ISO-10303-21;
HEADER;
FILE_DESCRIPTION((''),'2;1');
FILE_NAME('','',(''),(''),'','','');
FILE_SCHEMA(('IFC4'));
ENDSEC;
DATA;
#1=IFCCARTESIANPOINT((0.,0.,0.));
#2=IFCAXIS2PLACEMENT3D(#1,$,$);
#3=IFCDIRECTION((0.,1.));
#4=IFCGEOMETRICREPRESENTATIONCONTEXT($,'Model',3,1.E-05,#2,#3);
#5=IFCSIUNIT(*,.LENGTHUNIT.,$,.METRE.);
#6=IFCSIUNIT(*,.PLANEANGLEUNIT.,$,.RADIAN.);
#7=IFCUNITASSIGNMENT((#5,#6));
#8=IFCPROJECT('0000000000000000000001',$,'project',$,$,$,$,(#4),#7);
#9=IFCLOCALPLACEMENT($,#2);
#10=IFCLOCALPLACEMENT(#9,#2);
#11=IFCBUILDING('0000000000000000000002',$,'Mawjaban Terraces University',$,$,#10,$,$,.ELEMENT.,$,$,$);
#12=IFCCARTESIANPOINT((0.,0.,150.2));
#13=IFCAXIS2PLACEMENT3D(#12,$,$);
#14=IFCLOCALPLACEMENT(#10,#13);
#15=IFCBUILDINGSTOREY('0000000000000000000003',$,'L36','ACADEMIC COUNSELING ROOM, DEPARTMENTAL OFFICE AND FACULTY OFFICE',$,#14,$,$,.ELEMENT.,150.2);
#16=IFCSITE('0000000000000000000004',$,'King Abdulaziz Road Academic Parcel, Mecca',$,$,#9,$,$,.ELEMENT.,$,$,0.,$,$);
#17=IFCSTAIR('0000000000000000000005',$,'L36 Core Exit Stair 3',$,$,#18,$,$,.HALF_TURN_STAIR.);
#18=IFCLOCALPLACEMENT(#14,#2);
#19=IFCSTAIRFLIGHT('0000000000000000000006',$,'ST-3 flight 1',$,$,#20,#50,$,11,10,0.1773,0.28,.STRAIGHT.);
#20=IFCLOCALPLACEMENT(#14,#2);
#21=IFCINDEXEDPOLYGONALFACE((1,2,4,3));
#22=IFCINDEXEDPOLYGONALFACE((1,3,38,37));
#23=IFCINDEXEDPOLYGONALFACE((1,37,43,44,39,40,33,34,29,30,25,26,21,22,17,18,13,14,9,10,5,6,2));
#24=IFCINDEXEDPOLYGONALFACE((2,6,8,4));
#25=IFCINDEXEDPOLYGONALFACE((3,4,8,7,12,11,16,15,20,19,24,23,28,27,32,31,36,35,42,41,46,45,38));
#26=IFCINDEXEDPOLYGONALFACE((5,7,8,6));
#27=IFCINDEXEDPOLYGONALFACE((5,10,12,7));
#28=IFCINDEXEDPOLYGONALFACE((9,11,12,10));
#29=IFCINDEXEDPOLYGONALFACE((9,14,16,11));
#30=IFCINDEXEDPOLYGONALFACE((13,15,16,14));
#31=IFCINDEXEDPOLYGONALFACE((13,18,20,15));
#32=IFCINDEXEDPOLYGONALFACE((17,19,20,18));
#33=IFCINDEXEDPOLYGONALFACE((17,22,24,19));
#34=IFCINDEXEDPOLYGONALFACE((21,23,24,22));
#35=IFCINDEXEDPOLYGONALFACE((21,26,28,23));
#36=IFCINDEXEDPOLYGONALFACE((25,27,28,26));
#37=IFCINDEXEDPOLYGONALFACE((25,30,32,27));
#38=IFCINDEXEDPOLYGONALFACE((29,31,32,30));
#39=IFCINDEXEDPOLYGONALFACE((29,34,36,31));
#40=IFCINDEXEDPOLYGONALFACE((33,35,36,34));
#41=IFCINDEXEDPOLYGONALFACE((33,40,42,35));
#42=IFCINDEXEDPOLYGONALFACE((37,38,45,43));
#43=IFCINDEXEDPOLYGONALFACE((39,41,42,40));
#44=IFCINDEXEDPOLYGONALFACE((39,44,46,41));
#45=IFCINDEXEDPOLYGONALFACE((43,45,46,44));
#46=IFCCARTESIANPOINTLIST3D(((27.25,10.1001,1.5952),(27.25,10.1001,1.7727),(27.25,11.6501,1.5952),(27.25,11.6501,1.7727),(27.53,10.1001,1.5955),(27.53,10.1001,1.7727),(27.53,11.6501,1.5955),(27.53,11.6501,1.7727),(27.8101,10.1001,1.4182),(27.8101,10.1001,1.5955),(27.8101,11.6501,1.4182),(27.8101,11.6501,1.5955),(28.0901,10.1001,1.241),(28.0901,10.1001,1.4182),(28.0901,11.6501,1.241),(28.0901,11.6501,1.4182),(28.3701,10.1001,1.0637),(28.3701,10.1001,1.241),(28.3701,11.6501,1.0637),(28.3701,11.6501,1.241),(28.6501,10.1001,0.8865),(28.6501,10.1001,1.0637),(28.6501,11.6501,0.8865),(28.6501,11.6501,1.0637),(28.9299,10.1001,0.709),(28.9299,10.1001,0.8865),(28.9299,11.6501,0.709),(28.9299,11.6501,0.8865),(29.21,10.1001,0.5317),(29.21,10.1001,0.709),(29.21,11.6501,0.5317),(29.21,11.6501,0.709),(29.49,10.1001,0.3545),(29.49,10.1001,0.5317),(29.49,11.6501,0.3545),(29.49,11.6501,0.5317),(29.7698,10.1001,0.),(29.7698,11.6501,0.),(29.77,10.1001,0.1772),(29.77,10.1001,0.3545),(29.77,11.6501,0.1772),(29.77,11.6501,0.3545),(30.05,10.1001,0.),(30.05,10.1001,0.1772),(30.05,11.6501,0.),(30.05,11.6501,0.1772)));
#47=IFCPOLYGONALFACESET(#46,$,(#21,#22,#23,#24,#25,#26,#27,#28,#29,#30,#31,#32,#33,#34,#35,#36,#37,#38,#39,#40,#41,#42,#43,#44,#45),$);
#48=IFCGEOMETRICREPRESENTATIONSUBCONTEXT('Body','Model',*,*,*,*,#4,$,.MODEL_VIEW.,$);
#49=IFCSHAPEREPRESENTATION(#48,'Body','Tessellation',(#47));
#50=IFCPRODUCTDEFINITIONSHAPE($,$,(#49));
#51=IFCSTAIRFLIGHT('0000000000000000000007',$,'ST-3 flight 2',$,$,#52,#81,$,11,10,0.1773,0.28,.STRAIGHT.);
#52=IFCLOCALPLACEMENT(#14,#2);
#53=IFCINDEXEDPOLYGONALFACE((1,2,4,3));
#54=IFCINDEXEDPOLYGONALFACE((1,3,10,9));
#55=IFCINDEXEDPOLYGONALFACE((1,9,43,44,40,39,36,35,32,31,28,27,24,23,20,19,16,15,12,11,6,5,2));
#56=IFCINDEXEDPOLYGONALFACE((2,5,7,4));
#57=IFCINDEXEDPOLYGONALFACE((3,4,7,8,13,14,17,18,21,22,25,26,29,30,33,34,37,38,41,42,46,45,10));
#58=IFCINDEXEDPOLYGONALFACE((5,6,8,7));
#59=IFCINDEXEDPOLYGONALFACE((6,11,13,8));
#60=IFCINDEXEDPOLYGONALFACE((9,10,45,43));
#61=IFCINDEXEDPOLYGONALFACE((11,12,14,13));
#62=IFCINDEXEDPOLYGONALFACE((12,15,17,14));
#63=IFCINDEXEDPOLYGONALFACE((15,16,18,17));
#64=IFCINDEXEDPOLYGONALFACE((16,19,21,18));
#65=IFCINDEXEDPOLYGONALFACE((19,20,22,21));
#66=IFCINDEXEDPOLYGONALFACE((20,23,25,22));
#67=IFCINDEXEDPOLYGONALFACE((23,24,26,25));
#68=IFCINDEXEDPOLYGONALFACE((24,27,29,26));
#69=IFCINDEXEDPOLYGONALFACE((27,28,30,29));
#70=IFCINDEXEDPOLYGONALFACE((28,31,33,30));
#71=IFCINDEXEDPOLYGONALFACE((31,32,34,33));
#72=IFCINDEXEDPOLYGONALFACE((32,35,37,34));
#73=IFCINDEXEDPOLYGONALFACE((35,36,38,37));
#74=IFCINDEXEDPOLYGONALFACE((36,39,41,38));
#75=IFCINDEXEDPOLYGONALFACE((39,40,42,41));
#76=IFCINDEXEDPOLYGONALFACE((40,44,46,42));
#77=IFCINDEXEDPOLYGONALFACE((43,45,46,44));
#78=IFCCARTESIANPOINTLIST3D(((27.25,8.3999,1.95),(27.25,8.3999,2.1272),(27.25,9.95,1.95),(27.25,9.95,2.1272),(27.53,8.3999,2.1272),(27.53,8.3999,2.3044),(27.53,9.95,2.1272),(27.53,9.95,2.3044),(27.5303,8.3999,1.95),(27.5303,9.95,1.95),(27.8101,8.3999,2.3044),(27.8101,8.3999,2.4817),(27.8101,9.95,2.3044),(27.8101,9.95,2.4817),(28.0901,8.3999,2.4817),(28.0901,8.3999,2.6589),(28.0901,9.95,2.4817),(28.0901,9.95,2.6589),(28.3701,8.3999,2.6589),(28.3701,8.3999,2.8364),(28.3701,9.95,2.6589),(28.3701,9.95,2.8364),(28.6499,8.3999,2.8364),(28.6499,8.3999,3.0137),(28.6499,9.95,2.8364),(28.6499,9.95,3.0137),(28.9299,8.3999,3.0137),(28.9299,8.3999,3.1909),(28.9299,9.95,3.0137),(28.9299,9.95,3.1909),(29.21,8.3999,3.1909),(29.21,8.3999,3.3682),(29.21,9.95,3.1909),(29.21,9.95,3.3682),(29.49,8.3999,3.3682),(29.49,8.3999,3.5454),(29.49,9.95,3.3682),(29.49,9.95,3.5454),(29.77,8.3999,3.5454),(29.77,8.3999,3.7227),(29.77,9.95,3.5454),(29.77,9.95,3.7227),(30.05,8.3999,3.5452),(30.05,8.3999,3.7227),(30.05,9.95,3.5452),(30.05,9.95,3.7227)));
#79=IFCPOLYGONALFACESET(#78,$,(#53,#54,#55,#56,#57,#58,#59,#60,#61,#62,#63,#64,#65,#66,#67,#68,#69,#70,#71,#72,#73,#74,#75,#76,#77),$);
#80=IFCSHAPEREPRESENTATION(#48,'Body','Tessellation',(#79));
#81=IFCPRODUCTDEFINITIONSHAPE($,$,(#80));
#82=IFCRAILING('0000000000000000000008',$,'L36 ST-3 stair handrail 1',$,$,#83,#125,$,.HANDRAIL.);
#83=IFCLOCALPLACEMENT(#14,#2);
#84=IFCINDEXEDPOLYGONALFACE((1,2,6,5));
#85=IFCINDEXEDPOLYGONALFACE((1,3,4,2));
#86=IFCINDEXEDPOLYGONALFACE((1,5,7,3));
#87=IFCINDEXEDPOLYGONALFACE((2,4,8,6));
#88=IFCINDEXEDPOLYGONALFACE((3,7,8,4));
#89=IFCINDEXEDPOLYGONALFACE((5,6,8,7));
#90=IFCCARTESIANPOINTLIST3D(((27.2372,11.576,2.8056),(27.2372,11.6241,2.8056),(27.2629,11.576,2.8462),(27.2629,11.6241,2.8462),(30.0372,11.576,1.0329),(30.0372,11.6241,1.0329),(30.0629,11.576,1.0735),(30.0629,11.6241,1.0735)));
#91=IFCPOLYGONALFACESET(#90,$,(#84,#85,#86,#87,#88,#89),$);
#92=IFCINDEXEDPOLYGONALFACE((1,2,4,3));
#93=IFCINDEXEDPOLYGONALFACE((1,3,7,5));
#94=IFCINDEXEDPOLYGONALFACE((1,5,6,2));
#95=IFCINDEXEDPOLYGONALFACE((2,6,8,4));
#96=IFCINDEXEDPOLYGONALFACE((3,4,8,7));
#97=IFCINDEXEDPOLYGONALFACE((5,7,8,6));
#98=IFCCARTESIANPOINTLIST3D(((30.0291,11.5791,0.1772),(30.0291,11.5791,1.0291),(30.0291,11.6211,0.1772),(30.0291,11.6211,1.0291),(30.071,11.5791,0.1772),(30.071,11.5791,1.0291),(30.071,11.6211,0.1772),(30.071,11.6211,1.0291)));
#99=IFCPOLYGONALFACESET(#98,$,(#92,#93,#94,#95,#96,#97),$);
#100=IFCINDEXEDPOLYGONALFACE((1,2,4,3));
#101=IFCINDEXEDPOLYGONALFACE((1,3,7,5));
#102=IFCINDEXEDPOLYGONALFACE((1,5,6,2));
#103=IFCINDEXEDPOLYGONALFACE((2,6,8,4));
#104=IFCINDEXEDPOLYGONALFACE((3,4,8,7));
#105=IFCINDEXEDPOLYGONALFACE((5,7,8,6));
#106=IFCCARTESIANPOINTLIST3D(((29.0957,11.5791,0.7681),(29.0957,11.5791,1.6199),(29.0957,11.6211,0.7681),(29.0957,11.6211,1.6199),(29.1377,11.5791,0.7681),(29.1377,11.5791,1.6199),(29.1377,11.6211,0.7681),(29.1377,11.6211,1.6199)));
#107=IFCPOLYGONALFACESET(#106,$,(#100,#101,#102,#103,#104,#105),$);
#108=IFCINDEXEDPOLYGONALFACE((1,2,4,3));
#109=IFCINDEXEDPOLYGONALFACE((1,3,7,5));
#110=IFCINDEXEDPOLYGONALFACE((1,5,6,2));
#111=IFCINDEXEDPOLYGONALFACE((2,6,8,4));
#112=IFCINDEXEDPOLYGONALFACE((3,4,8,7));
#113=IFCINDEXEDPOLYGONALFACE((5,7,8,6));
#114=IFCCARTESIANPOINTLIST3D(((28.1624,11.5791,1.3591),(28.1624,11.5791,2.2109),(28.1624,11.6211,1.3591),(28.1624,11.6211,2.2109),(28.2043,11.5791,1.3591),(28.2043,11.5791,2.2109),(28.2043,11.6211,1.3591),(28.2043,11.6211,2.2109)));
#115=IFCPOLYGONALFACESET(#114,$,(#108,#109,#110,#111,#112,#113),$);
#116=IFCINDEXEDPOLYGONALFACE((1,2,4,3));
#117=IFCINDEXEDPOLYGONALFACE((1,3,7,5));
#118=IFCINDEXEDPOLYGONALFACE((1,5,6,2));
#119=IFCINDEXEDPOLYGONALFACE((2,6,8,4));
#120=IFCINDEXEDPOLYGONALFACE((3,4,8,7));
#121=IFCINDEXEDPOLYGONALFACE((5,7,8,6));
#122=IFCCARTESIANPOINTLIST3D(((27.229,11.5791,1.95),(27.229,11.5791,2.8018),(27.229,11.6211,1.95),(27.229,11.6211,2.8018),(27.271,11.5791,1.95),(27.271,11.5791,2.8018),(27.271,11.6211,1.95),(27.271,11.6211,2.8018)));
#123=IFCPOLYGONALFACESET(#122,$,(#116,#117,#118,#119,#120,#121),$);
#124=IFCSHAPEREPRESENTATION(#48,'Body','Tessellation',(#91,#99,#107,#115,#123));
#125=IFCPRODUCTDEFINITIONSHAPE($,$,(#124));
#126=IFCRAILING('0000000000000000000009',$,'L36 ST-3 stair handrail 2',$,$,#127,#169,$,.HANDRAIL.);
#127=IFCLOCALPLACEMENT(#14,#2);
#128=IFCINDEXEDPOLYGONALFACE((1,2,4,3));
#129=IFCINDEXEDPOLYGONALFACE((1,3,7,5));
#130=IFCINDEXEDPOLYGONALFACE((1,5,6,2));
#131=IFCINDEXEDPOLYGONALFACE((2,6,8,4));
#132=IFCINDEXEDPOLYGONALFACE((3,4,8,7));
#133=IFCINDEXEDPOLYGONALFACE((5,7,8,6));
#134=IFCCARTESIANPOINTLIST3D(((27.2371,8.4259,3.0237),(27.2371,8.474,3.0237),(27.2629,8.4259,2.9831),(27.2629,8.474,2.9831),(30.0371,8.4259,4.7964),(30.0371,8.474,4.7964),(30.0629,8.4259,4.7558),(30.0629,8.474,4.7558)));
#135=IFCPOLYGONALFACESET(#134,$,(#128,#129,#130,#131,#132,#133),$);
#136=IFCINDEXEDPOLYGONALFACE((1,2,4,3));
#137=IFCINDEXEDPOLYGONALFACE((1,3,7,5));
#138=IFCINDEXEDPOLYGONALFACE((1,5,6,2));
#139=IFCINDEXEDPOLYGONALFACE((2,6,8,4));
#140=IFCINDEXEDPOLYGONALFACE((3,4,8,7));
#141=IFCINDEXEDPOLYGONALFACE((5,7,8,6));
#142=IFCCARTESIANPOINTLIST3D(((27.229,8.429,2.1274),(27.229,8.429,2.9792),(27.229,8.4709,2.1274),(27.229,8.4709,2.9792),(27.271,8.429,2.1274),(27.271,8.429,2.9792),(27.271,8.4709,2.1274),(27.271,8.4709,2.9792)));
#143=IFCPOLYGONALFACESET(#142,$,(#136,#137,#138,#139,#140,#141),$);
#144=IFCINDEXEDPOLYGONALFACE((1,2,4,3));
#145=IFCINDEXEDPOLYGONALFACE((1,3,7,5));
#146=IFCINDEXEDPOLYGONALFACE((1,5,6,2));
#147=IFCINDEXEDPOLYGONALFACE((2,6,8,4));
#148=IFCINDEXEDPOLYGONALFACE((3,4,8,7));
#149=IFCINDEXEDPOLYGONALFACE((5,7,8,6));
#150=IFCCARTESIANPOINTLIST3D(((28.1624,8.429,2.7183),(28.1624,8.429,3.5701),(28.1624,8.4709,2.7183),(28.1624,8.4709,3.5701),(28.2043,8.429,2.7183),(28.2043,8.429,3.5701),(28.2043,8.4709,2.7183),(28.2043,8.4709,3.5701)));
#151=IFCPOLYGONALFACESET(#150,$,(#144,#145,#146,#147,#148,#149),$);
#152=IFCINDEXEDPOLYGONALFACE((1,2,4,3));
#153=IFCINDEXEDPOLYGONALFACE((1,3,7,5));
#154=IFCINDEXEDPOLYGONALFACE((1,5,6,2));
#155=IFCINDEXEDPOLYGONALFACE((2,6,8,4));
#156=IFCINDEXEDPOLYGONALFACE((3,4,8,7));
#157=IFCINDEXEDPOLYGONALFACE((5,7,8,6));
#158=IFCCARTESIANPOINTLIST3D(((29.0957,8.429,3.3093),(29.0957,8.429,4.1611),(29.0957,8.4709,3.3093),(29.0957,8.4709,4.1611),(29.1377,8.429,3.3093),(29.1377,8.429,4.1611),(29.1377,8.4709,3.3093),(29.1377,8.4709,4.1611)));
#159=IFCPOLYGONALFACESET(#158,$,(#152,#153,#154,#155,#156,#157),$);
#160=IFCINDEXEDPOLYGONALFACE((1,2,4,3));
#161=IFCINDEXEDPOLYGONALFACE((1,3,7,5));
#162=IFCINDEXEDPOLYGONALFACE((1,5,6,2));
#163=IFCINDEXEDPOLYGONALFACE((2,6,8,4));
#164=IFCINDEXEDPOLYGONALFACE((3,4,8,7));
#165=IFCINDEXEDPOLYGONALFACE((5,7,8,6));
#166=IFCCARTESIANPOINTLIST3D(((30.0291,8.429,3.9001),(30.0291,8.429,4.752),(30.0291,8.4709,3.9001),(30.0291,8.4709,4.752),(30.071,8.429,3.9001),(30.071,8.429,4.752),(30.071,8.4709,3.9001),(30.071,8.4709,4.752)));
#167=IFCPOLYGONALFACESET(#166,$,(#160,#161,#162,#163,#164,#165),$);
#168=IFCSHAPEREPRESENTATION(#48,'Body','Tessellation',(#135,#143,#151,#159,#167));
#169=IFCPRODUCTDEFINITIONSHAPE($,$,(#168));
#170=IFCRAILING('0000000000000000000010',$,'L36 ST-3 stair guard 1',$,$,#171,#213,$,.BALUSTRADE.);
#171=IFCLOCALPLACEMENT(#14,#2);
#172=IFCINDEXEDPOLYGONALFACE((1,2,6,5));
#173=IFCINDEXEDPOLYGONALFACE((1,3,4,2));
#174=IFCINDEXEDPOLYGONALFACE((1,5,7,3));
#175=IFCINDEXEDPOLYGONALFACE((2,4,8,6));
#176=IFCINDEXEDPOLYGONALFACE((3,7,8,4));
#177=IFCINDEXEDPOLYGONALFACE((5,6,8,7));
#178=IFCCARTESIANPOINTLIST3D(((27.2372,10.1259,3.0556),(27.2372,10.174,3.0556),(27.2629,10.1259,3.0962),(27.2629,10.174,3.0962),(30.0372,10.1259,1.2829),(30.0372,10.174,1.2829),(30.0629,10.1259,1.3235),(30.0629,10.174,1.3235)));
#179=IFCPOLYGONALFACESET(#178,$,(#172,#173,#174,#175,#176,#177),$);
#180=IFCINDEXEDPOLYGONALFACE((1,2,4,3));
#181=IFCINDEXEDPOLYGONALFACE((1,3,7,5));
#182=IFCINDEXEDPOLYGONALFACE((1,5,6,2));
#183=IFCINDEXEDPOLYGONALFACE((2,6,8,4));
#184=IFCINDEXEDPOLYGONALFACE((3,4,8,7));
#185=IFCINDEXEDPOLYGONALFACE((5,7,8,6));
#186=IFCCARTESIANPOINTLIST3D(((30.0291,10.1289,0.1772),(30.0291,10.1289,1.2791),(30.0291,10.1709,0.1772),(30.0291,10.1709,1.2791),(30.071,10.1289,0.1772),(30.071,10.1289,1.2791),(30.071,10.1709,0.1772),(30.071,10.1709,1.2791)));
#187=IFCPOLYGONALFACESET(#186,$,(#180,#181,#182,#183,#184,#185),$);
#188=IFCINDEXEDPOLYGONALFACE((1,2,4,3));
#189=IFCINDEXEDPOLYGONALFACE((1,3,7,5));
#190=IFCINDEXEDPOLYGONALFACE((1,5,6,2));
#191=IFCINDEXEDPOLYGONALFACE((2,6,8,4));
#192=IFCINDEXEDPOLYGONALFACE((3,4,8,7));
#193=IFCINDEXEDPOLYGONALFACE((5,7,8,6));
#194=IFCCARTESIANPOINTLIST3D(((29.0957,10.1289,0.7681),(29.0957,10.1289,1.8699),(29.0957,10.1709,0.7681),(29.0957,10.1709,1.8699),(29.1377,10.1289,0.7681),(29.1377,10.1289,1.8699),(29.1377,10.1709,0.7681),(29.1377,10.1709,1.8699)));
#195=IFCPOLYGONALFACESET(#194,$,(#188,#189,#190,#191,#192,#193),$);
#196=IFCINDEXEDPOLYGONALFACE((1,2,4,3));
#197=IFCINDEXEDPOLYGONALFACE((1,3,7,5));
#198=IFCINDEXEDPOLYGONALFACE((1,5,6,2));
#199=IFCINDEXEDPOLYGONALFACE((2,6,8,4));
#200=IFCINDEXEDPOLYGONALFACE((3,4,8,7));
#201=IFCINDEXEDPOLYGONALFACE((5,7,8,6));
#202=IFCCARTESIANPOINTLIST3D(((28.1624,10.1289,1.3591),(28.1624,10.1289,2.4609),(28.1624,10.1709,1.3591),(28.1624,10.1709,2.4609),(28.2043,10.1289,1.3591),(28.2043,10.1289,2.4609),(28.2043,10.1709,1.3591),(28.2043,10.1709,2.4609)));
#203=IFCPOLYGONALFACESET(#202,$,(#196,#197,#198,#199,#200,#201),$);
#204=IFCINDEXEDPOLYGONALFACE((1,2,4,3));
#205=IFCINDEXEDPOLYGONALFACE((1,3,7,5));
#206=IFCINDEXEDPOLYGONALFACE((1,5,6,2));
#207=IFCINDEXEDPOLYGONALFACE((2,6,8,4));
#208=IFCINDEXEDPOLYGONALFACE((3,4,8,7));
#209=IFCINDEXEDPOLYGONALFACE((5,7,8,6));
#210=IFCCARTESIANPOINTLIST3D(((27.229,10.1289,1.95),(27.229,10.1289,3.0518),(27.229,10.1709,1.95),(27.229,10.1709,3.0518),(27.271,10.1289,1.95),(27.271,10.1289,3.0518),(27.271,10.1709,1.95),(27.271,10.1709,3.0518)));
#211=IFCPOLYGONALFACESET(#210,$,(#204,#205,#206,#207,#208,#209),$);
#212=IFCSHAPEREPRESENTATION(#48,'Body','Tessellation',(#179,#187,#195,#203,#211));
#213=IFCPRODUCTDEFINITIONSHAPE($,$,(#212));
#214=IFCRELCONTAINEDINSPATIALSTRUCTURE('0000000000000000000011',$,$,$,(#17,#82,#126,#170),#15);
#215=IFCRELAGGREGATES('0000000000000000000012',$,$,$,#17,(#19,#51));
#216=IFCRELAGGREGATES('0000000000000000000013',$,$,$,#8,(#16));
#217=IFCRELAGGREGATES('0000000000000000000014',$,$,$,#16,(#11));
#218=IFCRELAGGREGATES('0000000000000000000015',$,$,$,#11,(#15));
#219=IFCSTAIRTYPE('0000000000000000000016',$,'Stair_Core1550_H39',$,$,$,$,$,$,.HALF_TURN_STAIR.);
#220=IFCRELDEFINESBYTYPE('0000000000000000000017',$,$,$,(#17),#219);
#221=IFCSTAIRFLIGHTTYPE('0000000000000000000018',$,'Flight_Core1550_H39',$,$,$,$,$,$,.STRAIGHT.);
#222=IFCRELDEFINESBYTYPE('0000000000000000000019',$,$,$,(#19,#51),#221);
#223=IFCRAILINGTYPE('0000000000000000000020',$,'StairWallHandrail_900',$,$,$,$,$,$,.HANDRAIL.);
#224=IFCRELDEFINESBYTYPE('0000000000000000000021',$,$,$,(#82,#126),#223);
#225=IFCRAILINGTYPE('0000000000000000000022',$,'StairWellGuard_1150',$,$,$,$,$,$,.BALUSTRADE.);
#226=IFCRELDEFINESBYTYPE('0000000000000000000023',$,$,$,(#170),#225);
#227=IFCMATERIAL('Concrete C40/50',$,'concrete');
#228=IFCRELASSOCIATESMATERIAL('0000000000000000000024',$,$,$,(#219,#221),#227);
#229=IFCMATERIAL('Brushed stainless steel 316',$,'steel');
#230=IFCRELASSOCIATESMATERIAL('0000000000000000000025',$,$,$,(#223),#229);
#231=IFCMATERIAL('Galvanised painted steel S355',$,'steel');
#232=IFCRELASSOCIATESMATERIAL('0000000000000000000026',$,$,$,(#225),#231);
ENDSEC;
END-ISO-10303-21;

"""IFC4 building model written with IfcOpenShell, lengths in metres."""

from ifc_helpers import new_model, si_unit, direction, frame, origin, origin_2d, place, context, subcontext, project, spatial, polyline, rectangle, outline, extrude, material, type_object, element, aggregate, save


model = new_model("IFC4")

# Units and contexts
model_context = context("Model", 3, precision=1e-05, world=origin(), true_north=direction((0.0, 1.0)))
body_context = subcontext(model_context, "Body", "Model", "MODEL_VIEW")
ifc_project = project(units=[si_unit("LENGTHUNIT", "METRE"), si_unit("PLANEANGLEUNIT", "RADIAN")], contexts=[model_context])

# Site, building, storey
site_placement = place(None, origin())
site = spatial("IfcSite", under=ifc_project, at=site_placement, Name="King Abdulaziz Road Academic Parcel, Mecca", CompositionType="ELEMENT", RefElevation=0.0)
building_placement = place(site_placement, origin())
building = spatial("IfcBuilding", under=site, at=building_placement, Name="Mawjaban Terraces University", CompositionType="ELEMENT")
storey_placement = place(building_placement, frame((0.0, 0.0, 150.2)))
storey = spatial("IfcBuildingStorey", under=building, at=storey_placement, Name="L36", Description="ACADEMIC COUNSELING ROOM, DEPARTMENTAL OFFICE AND FACULTY OFFICE", CompositionType="ELEMENT", Elevation=150.2)

# Shared definitions
ifc_material_1 = material(Name="Concrete C40/50", Category="concrete")

# Stair, stair flights
stair_type = type_object("IfcStairType", Name="Stair_Core1550_H39", PredefinedType="HALF_TURN_STAIR", material=ifc_material_1)
stair_placement = place(storey_placement, origin())
stair = element("IfcStair", 1, at=stair_placement, inside=storey, type_object=stair_type, Name="L36 Core Exit Stair 3", PredefinedType="HALF_TURN_STAIR")
stair_flight_type = type_object("IfcStairFlightType", Name="Flight_Core1550_H39", PredefinedType="STRAIGHT", material=ifc_material_1)
stair_flight_1_placement = place(storey_placement, frame((30.05, 10.875, 0.0), z_axis=(0.0, 0.0, 1.0), x_axis=(-1.0, 0.0, 0.0)))
stair_flight_1 = element("IfcStairFlight", 2, at=stair_flight_1_placement, type_object=stair_flight_type, Name="ST-3 flight 1", NumberOfRisers=11, NumberOfTreads=10, PredefinedType="STRAIGHT", RiserHeight=0.1773, TreadLength=0.28, context=body_context, shape_type="SweptSolid", body=[
    extrude(outline(polyline([(0.0, 0.0), (0.0, 0.1772), (0.28, 0.1772), (0.28, 0.3545), (0.5601, 0.3545), (0.5601, 0.5317), (0.8401, 0.5317), (0.8401, 0.709), (1.1201, 0.709), (1.1201, 0.8865), (1.3999, 0.8865), (1.3999, 1.0637), (1.6799, 1.0637), (1.6799, 1.241), (1.96, 1.241), (1.96, 1.4182), (2.24, 1.4182), (2.24, 1.5955), (2.52, 1.5955), (2.52, 1.7727), (2.8, 1.7727), (2.8, 1.95), (2.8, 1.5952), (0.2803, 0.0), (0.0, 0.0)])), frame((0.0, 0.7749, 0.0), z_axis=(0.0, -1.0, 0.0), x_axis=(1.0, 0.0, 0.0)), (0.0, 0.0, 1.0), 1.55),
])
stair_flight_2_placement = place(storey_placement, frame((27.25, 9.175, 1.95), z_axis=(0.0, 0.0, 1.0), x_axis=(1.0, 0.0, 0.0)))
stair_flight_2 = element("IfcStairFlight", 3, at=stair_flight_2_placement, type_object=stair_flight_type, Name="ST-3 flight 2", NumberOfRisers=11, NumberOfTreads=10, PredefinedType="STRAIGHT", RiserHeight=0.1773, TreadLength=0.28, context=body_context, shape_type="SweptSolid", body=[
    extrude(outline(polyline([(0.0, 0.0), (0.0, 0.1772), (0.28, 0.1772), (0.28, 0.3545), (0.5601, 0.3545), (0.5601, 0.5317), (0.8401, 0.5317), (0.8401, 0.709), (1.1201, 0.709), (1.1201, 0.8865), (1.3999, 0.8865), (1.3999, 1.0637), (1.6799, 1.0637), (1.6799, 1.241), (1.96, 1.241), (1.96, 1.4182), (2.24, 1.4182), (2.24, 1.5955), (2.52, 1.5955), (2.52, 1.7727), (2.8, 1.7727), (2.8, 1.95), (2.8, 1.5952), (0.2803, 0.0), (0.0, 0.0)])), frame((0.0, 0.7749, 0.0), z_axis=(0.0, -1.0, 0.0), x_axis=(1.0, 0.0, 0.0)), (0.0, 0.0, 1.0), 1.55),
])
aggregate(stair, [stair_flight_1, stair_flight_2])

# Railings
ifc_material_2 = material(Name="Brushed stainless steel 316", Category="steel")
railing_type_1 = type_object("IfcRailingType", Name="StairWallHandrail_900", PredefinedType="HANDRAIL", material=ifc_material_2)
railing_1_placement = place(storey_placement, frame((30.05, 11.6001, 0.1772)))
element("IfcRailing", 4, at=railing_1_placement, inside=storey, type_object=railing_type_1, Name="L36 ST-3 stair handrail 1", PredefinedType="HANDRAIL", context=body_context, shape_type="SweptSolid", body=[
    extrude(rectangle(XDim=0.0481, YDim=0.0481, at=origin_2d()), frame((0.0, 0.0, 0.876), z_axis=(-0.844909, 0.0, 0.53491), x_axis=(0.0, -1.0, 0.0)), (0.0, 0.0, 1.0), 3.314),
    extrude(rectangle(XDim=0.042, YDim=0.042, at=origin_2d()), origin(), (0.0, 0.0, 1.0), 0.8518),
    extrude(rectangle(XDim=0.042, YDim=0.042, at=origin_2d()), frame((-0.9333, 0.0, 0.5908)), (0.0, 0.0, 1.0), 0.8518),
    extrude(rectangle(XDim=0.042, YDim=0.042, at=origin_2d()), frame((-1.8667, 0.0, 1.1819)), (0.0, 0.0, 1.0), 0.8518),
    extrude(rectangle(XDim=0.042, YDim=0.042, at=origin_2d()), frame((-2.8, 0.0, 1.7727)), (0.0, 0.0, 1.0), 0.8518),
])
railing_2_placement = place(storey_placement, frame((27.25, 8.45, 2.1274)))
element("IfcRailing", 5, at=railing_2_placement, inside=storey, type_object=railing_type_1, Name="L36 ST-3 stair handrail 2", PredefinedType="HANDRAIL", context=body_context, shape_type="SweptSolid", body=[
    extrude(rectangle(XDim=0.0481, YDim=0.0481, at=origin_2d()), frame((0.0, 0.0, 0.876), z_axis=(0.844909, 0.0, 0.53491), x_axis=(0.0, 1.0, 0.0)), (0.0, 0.0, 1.0), 3.314),
    extrude(rectangle(XDim=0.042, YDim=0.042, at=origin_2d()), origin(), (0.0, 0.0, 1.0), 0.8518),
    extrude(rectangle(XDim=0.042, YDim=0.042, at=origin_2d()), frame((0.9333, 0.0, 0.5908)), (0.0, 0.0, 1.0), 0.8518),
    extrude(rectangle(XDim=0.042, YDim=0.042, at=origin_2d()), frame((1.8667, 0.0, 1.1819)), (0.0, 0.0, 1.0), 0.8518),
    extrude(rectangle(XDim=0.042, YDim=0.042, at=origin_2d()), frame((2.8, 0.0, 1.7727)), (0.0, 0.0, 1.0), 0.8518),
])
ifc_material_3 = material(Name="Galvanised painted steel S355", Category="steel")
railing_type_2 = type_object("IfcRailingType", Name="StairWellGuard_1150", PredefinedType="BALUSTRADE", material=ifc_material_3)
railing_3_placement = place(storey_placement, frame((30.05, 10.1499, 0.1772)))
element("IfcRailing", 6, at=railing_3_placement, inside=storey, type_object=railing_type_2, Name="L36 ST-3 stair guard 1", PredefinedType="BALUSTRADE", context=body_context, shape_type="SweptSolid", body=[
    extrude(rectangle(XDim=0.0481, YDim=0.0481, at=origin_2d()), frame((0.0, 0.0, 1.126), z_axis=(-0.844909, 0.0, 0.53491), x_axis=(0.0, -1.0, 0.0)), (0.0, 0.0, 1.0), 3.314),
    extrude(rectangle(XDim=0.042, YDim=0.042, at=origin_2d()), origin(), (0.0, 0.0, 1.0), 1.1018),
    extrude(rectangle(XDim=0.042, YDim=0.042, at=origin_2d()), frame((-0.9333, 0.0, 0.5908)), (0.0, 0.0, 1.0), 1.1018),
    extrude(rectangle(XDim=0.042, YDim=0.042, at=origin_2d()), frame((-1.8667, 0.0, 1.1819)), (0.0, 0.0, 1.0), 1.1018),
    extrude(rectangle(XDim=0.042, YDim=0.042, at=origin_2d()), frame((-2.8, 0.0, 1.7727)), (0.0, 0.0, 1.0), 1.1018),
])

save(model, "model.ifc")
